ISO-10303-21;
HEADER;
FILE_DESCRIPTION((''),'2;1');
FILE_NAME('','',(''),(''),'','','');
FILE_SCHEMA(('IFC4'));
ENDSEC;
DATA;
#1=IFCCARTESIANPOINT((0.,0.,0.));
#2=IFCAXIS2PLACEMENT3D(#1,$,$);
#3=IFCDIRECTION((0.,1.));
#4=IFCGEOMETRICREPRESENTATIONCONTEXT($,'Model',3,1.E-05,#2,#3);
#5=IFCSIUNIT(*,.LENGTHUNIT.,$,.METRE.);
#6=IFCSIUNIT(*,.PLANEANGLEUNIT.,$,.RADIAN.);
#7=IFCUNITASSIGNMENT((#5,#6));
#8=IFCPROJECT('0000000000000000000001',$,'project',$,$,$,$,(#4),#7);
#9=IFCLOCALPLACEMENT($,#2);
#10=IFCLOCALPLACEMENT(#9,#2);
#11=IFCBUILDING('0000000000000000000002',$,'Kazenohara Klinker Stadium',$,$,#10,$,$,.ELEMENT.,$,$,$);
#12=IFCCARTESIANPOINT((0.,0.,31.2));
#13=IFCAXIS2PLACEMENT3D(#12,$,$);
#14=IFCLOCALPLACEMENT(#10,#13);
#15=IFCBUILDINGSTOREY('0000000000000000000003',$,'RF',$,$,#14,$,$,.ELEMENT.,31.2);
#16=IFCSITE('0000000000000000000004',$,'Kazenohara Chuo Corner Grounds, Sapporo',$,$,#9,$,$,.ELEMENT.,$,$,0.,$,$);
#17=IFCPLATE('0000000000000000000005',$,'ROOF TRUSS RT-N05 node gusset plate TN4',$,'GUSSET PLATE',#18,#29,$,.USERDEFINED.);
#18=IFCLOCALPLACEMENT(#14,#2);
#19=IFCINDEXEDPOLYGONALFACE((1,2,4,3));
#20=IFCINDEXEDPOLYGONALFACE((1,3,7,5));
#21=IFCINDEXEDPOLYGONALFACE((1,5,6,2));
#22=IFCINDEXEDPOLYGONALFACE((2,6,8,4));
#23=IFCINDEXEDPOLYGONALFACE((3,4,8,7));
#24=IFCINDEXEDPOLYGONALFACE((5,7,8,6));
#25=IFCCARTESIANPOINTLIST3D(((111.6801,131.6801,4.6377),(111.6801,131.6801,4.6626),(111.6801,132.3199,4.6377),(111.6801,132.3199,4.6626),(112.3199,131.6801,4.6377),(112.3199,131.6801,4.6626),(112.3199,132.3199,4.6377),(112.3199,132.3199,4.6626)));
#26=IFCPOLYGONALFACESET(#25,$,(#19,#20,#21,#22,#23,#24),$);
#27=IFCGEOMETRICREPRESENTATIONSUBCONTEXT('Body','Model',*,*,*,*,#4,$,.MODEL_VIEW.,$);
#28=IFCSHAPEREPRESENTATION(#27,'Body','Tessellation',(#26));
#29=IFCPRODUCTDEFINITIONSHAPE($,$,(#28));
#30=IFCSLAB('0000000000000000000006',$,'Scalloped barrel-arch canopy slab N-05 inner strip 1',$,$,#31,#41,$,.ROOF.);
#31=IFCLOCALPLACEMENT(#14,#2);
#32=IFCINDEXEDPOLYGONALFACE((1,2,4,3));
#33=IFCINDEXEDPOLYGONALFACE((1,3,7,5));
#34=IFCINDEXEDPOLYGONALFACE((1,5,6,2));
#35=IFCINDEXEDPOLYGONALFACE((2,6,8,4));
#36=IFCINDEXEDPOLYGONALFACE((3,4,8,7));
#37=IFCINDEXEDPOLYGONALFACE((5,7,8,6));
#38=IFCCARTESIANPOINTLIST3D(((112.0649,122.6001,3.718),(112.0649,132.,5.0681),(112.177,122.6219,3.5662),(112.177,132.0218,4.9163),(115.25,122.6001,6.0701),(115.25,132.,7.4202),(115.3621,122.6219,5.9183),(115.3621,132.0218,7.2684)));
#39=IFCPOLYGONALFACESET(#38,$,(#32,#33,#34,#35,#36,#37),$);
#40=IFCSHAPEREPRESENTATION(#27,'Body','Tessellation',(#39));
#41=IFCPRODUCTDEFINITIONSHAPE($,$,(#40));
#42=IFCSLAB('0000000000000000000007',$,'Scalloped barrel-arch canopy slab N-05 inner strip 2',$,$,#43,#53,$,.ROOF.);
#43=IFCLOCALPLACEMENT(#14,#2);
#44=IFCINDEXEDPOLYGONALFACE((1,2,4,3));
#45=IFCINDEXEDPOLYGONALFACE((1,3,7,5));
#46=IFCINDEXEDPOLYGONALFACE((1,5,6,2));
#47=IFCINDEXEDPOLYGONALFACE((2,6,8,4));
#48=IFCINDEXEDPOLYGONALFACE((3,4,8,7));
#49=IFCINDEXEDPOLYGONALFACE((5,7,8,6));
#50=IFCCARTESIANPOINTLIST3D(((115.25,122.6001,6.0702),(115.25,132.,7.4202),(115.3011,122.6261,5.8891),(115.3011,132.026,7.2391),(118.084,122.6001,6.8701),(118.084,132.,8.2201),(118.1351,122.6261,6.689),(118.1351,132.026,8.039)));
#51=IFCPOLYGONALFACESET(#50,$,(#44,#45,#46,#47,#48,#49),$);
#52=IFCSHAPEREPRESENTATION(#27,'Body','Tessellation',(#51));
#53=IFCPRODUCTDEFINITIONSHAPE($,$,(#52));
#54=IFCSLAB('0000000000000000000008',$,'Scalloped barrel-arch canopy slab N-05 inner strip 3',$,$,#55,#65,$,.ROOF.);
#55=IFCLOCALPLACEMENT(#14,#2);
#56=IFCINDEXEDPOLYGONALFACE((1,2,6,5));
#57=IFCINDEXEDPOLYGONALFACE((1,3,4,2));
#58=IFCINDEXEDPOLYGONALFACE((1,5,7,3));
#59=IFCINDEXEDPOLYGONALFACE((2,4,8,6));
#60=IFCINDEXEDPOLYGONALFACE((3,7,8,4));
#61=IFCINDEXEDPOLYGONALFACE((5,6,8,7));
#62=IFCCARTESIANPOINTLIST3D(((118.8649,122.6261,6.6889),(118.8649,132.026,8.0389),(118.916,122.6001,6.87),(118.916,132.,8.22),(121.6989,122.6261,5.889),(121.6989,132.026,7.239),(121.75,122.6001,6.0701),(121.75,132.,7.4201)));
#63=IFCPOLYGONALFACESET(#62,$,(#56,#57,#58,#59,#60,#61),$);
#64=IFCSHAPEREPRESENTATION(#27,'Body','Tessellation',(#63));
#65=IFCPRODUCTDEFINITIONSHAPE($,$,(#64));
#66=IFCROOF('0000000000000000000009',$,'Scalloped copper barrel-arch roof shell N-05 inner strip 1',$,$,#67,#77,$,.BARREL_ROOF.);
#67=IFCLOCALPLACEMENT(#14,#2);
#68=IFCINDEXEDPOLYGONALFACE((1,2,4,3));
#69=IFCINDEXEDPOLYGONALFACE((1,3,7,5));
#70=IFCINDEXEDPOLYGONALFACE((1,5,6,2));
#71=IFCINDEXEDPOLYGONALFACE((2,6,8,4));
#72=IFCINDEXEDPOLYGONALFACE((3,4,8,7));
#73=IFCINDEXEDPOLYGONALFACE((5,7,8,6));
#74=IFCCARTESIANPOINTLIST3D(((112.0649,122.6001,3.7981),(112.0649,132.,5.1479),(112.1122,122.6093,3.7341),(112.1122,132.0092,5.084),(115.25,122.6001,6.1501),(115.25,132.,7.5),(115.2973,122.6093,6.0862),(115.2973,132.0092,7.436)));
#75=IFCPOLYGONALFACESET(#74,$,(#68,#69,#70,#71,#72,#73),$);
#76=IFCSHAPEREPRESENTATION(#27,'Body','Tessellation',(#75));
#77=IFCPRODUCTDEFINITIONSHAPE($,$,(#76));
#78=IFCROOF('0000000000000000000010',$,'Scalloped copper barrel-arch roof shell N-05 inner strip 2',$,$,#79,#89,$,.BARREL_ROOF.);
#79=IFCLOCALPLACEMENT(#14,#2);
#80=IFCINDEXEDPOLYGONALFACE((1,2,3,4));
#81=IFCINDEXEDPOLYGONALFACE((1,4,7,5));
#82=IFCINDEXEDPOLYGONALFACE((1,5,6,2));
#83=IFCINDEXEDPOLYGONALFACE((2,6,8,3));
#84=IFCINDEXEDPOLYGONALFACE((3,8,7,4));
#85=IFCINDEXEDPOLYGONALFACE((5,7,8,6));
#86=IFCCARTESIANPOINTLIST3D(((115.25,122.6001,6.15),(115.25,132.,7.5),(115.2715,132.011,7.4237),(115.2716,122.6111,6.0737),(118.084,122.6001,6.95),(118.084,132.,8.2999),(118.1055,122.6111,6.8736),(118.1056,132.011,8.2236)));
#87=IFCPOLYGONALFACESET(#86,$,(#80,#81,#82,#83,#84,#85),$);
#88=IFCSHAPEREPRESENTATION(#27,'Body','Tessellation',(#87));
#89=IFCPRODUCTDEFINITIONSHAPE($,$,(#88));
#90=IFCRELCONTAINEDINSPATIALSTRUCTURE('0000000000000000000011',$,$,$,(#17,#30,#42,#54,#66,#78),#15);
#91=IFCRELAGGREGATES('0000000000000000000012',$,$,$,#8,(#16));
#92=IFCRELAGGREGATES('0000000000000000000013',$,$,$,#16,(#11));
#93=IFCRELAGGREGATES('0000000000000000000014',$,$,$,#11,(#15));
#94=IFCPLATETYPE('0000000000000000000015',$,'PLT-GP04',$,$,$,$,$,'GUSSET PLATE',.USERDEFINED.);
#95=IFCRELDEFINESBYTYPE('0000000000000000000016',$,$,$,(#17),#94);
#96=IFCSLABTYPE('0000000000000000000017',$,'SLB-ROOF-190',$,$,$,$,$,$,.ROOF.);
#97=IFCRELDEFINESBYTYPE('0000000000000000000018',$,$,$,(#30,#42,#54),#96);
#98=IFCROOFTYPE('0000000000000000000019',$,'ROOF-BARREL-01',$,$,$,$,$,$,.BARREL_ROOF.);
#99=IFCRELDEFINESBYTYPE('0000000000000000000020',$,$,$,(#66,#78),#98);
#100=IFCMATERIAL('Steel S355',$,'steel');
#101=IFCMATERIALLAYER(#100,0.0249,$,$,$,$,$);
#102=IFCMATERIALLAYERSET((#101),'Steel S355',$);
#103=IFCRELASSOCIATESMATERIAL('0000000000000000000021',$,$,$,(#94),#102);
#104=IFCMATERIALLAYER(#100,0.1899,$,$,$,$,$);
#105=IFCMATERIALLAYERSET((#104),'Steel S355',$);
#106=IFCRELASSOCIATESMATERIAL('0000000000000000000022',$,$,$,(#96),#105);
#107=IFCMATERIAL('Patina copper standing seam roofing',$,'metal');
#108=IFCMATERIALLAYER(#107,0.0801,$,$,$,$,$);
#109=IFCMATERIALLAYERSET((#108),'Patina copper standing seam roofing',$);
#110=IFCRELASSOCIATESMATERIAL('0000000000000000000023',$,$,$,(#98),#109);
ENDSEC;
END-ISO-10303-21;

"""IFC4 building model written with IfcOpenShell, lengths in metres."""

from ifc_helpers import new_model, si_unit, direction, frame, origin, origin_2d, place, context, subcontext, project, spatial, polyline, rectangle, outline, extrude, material, layer, layer_set, type_object, element, save


model = new_model("IFC4")

# Units and contexts
model_context = context("Model", 3, precision=1e-05, world=origin(), true_north=direction((0.0, 1.0)))
body_context = subcontext(model_context, "Body", "Model", "MODEL_VIEW")
ifc_project = project(units=[si_unit("LENGTHUNIT", "METRE"), si_unit("PLANEANGLEUNIT", "RADIAN")], contexts=[model_context])

# Site, building, storey
site_placement = place(None, origin())
site = spatial("IfcSite", under=ifc_project, at=site_placement, Name="Kazenohara Chuo Corner Grounds, Sapporo", CompositionType="ELEMENT", RefElevation=0.0)
building_placement = place(site_placement, origin())
building = spatial("IfcBuilding", under=site, at=building_placement, Name="Kazenohara Klinker Stadium", CompositionType="ELEMENT")
storey_placement = place(building_placement, frame((0.0, 0.0, 31.2)))
storey = spatial("IfcBuildingStorey", under=building, at=storey_placement, Name="RF", CompositionType="ELEMENT", Elevation=31.2)

# Shared definitions
ifc_material_1 = material(Name="Steel S355", Category="steel")

# Plate
ifc_layer_1 = layer(ifc_material_1, 0.0249)
ifc_layer_set_1 = layer_set([ifc_layer_1], Name="Steel S355")
plate_type_1 = type_object("IfcPlateType", Name="PLT-GP04", ElementType="GUSSET PLATE", PredefinedType="USERDEFINED", material=ifc_layer_set_1)
for number, where, z_axis, x_axis, name in (
    (1, (112.0, 132.0, 4.6377), (0.0, 0.0, 1.0), (1.0, 0.0, 0.0), "ROOF TRUSS RT-N05 node gusset plate TN4"),
):
    element("IfcPlate", number, at=place(storey_placement, frame(where, z_axis=z_axis, x_axis=x_axis)), inside=storey, type_object=plate_type_1, Name=name, ObjectType="GUSSET PLATE", PredefinedType="USERDEFINED", context=body_context, shape_type="SweptSolid", body=[
        extrude(rectangle(XDim=0.6399, YDim=0.6399, at=origin_2d()), origin(), (0.0, 0.0, 1.0), 0.0249),
    ])

# Slabs
ifc_layer_2 = layer(ifc_material_1, 0.1899)
ifc_layer_set_2 = layer_set([ifc_layer_2], Name="Steel S355")
slab_type = type_object("IfcSlabType", Name="SLB-ROOF-190", PredefinedType="ROOF", material=ifc_layer_set_2)
slab_1_placement = place(storey_placement, frame((112.0649, 132.0, 5.0681), z_axis=(-0.590118, -0.114776, 0.799116), x_axis=(0.0, -0.989842, -0.14217)))
element("IfcSlab", 2, at=slab_1_placement, inside=storey, type_object=slab_type, Name="Scalloped barrel-arch canopy slab N-05 inner strip 1", PredefinedType="ROOF", context=body_context, shape_type="SweptSolid", body=[
    extrude(outline(polyline([(0.0, 0.0), (9.4964, 0.0), (9.162, 3.9452), (-0.3344, 3.9452), (0.0, 0.0)])), origin(), (0.0, 0.0, -1.0), 0.1899),
])
slab_2_placement = place(storey_placement, frame((115.25, 132.0, 7.4202), z_axis=(-0.26909, -0.136914, 0.953334), x_axis=(-0.000003, -0.989844, -0.142158)))
element("IfcSlab", 3, at=slab_2_placement, inside=storey, type_object=slab_type, Name="Scalloped barrel-arch canopy slab N-05 inner strip 2", PredefinedType="ROOF", context=body_context, shape_type="SweptSolid", body=[
    extrude(outline(polyline([(0.0, 0.0), (9.4964, 0.0), (9.3826, 2.9426), (-0.1137, 2.9425), (0.0, 0.0)])), origin(), (0.0, 0.0, -1.0), 0.1899),
])
slab_3_placement = place(storey_placement, frame((118.916, 132.0, 8.22), z_axis=(0.26909, -0.136914, 0.953334), x_axis=(-0.000003, -0.989844, -0.142156)))
element("IfcSlab", 4, at=slab_3_placement, inside=storey, type_object=slab_type, Name="Scalloped barrel-arch canopy slab N-05 inner strip 3", PredefinedType="ROOF", context=body_context, shape_type="SweptSolid", body=[
    extrude(outline(polyline([(0.0, 0.0), (9.4963, 0.0), (9.6101, 2.9426), (0.1137, 2.9425), (0.0, 0.0)])), origin(), (0.0, 0.0, -1.0), 0.1899),
])

# Roofs
ifc_material_2 = material(Name="Patina copper standing seam roofing", Category="metal")
ifc_layer_3 = layer(ifc_material_2, 0.0801)
ifc_layer_set_3 = layer_set([ifc_layer_3], Name="Patina copper standing seam roofing")
roof_type = type_object("IfcRoofType", Name="ROOF-BARREL-01", PredefinedType="BARREL_ROOF", material=ifc_layer_set_3)
roof_1_placement = place(storey_placement, frame((112.0649, 132.0, 5.1479), z_axis=(-0.59012, -0.114756, 0.799118), x_axis=(0.0, -0.989846, -0.142145)))
element("IfcRoof", 5, at=roof_1_placement, inside=storey, type_object=roof_type, Name="Scalloped copper barrel-arch roof shell N-05 inner strip 1", PredefinedType="BARREL_ROOF", context=body_context, shape_type="SweptSolid", body=[
    extrude(outline(polyline([(0.0, 0.0), (9.4963, 0.0), (9.162, 3.9452), (-0.3343, 3.9452), (0.0, 0.0)])), origin(), (0.0, 0.0, -1.0), 0.0801),
])
roof_2_placement = place(storey_placement, frame((115.25, 132.0, 7.5), z_axis=(-0.26909, -0.136914, 0.953334), x_axis=(0.000003, -0.989844, -0.142156)))
element("IfcRoof", 6, at=roof_2_placement, inside=storey, type_object=roof_type, Name="Scalloped copper barrel-arch roof shell N-05 inner strip 2", PredefinedType="BARREL_ROOF", context=body_context, shape_type="SweptSolid", body=[
    extrude(outline(polyline([(0.0, 0.0), (9.4963, 0.0), (9.3826, 2.9425), (-0.1137, 2.9426), (0.0, 0.0)])), origin(), (0.0, 0.0, -1.0), 0.0801),
])

save(model, "model.ifc")
